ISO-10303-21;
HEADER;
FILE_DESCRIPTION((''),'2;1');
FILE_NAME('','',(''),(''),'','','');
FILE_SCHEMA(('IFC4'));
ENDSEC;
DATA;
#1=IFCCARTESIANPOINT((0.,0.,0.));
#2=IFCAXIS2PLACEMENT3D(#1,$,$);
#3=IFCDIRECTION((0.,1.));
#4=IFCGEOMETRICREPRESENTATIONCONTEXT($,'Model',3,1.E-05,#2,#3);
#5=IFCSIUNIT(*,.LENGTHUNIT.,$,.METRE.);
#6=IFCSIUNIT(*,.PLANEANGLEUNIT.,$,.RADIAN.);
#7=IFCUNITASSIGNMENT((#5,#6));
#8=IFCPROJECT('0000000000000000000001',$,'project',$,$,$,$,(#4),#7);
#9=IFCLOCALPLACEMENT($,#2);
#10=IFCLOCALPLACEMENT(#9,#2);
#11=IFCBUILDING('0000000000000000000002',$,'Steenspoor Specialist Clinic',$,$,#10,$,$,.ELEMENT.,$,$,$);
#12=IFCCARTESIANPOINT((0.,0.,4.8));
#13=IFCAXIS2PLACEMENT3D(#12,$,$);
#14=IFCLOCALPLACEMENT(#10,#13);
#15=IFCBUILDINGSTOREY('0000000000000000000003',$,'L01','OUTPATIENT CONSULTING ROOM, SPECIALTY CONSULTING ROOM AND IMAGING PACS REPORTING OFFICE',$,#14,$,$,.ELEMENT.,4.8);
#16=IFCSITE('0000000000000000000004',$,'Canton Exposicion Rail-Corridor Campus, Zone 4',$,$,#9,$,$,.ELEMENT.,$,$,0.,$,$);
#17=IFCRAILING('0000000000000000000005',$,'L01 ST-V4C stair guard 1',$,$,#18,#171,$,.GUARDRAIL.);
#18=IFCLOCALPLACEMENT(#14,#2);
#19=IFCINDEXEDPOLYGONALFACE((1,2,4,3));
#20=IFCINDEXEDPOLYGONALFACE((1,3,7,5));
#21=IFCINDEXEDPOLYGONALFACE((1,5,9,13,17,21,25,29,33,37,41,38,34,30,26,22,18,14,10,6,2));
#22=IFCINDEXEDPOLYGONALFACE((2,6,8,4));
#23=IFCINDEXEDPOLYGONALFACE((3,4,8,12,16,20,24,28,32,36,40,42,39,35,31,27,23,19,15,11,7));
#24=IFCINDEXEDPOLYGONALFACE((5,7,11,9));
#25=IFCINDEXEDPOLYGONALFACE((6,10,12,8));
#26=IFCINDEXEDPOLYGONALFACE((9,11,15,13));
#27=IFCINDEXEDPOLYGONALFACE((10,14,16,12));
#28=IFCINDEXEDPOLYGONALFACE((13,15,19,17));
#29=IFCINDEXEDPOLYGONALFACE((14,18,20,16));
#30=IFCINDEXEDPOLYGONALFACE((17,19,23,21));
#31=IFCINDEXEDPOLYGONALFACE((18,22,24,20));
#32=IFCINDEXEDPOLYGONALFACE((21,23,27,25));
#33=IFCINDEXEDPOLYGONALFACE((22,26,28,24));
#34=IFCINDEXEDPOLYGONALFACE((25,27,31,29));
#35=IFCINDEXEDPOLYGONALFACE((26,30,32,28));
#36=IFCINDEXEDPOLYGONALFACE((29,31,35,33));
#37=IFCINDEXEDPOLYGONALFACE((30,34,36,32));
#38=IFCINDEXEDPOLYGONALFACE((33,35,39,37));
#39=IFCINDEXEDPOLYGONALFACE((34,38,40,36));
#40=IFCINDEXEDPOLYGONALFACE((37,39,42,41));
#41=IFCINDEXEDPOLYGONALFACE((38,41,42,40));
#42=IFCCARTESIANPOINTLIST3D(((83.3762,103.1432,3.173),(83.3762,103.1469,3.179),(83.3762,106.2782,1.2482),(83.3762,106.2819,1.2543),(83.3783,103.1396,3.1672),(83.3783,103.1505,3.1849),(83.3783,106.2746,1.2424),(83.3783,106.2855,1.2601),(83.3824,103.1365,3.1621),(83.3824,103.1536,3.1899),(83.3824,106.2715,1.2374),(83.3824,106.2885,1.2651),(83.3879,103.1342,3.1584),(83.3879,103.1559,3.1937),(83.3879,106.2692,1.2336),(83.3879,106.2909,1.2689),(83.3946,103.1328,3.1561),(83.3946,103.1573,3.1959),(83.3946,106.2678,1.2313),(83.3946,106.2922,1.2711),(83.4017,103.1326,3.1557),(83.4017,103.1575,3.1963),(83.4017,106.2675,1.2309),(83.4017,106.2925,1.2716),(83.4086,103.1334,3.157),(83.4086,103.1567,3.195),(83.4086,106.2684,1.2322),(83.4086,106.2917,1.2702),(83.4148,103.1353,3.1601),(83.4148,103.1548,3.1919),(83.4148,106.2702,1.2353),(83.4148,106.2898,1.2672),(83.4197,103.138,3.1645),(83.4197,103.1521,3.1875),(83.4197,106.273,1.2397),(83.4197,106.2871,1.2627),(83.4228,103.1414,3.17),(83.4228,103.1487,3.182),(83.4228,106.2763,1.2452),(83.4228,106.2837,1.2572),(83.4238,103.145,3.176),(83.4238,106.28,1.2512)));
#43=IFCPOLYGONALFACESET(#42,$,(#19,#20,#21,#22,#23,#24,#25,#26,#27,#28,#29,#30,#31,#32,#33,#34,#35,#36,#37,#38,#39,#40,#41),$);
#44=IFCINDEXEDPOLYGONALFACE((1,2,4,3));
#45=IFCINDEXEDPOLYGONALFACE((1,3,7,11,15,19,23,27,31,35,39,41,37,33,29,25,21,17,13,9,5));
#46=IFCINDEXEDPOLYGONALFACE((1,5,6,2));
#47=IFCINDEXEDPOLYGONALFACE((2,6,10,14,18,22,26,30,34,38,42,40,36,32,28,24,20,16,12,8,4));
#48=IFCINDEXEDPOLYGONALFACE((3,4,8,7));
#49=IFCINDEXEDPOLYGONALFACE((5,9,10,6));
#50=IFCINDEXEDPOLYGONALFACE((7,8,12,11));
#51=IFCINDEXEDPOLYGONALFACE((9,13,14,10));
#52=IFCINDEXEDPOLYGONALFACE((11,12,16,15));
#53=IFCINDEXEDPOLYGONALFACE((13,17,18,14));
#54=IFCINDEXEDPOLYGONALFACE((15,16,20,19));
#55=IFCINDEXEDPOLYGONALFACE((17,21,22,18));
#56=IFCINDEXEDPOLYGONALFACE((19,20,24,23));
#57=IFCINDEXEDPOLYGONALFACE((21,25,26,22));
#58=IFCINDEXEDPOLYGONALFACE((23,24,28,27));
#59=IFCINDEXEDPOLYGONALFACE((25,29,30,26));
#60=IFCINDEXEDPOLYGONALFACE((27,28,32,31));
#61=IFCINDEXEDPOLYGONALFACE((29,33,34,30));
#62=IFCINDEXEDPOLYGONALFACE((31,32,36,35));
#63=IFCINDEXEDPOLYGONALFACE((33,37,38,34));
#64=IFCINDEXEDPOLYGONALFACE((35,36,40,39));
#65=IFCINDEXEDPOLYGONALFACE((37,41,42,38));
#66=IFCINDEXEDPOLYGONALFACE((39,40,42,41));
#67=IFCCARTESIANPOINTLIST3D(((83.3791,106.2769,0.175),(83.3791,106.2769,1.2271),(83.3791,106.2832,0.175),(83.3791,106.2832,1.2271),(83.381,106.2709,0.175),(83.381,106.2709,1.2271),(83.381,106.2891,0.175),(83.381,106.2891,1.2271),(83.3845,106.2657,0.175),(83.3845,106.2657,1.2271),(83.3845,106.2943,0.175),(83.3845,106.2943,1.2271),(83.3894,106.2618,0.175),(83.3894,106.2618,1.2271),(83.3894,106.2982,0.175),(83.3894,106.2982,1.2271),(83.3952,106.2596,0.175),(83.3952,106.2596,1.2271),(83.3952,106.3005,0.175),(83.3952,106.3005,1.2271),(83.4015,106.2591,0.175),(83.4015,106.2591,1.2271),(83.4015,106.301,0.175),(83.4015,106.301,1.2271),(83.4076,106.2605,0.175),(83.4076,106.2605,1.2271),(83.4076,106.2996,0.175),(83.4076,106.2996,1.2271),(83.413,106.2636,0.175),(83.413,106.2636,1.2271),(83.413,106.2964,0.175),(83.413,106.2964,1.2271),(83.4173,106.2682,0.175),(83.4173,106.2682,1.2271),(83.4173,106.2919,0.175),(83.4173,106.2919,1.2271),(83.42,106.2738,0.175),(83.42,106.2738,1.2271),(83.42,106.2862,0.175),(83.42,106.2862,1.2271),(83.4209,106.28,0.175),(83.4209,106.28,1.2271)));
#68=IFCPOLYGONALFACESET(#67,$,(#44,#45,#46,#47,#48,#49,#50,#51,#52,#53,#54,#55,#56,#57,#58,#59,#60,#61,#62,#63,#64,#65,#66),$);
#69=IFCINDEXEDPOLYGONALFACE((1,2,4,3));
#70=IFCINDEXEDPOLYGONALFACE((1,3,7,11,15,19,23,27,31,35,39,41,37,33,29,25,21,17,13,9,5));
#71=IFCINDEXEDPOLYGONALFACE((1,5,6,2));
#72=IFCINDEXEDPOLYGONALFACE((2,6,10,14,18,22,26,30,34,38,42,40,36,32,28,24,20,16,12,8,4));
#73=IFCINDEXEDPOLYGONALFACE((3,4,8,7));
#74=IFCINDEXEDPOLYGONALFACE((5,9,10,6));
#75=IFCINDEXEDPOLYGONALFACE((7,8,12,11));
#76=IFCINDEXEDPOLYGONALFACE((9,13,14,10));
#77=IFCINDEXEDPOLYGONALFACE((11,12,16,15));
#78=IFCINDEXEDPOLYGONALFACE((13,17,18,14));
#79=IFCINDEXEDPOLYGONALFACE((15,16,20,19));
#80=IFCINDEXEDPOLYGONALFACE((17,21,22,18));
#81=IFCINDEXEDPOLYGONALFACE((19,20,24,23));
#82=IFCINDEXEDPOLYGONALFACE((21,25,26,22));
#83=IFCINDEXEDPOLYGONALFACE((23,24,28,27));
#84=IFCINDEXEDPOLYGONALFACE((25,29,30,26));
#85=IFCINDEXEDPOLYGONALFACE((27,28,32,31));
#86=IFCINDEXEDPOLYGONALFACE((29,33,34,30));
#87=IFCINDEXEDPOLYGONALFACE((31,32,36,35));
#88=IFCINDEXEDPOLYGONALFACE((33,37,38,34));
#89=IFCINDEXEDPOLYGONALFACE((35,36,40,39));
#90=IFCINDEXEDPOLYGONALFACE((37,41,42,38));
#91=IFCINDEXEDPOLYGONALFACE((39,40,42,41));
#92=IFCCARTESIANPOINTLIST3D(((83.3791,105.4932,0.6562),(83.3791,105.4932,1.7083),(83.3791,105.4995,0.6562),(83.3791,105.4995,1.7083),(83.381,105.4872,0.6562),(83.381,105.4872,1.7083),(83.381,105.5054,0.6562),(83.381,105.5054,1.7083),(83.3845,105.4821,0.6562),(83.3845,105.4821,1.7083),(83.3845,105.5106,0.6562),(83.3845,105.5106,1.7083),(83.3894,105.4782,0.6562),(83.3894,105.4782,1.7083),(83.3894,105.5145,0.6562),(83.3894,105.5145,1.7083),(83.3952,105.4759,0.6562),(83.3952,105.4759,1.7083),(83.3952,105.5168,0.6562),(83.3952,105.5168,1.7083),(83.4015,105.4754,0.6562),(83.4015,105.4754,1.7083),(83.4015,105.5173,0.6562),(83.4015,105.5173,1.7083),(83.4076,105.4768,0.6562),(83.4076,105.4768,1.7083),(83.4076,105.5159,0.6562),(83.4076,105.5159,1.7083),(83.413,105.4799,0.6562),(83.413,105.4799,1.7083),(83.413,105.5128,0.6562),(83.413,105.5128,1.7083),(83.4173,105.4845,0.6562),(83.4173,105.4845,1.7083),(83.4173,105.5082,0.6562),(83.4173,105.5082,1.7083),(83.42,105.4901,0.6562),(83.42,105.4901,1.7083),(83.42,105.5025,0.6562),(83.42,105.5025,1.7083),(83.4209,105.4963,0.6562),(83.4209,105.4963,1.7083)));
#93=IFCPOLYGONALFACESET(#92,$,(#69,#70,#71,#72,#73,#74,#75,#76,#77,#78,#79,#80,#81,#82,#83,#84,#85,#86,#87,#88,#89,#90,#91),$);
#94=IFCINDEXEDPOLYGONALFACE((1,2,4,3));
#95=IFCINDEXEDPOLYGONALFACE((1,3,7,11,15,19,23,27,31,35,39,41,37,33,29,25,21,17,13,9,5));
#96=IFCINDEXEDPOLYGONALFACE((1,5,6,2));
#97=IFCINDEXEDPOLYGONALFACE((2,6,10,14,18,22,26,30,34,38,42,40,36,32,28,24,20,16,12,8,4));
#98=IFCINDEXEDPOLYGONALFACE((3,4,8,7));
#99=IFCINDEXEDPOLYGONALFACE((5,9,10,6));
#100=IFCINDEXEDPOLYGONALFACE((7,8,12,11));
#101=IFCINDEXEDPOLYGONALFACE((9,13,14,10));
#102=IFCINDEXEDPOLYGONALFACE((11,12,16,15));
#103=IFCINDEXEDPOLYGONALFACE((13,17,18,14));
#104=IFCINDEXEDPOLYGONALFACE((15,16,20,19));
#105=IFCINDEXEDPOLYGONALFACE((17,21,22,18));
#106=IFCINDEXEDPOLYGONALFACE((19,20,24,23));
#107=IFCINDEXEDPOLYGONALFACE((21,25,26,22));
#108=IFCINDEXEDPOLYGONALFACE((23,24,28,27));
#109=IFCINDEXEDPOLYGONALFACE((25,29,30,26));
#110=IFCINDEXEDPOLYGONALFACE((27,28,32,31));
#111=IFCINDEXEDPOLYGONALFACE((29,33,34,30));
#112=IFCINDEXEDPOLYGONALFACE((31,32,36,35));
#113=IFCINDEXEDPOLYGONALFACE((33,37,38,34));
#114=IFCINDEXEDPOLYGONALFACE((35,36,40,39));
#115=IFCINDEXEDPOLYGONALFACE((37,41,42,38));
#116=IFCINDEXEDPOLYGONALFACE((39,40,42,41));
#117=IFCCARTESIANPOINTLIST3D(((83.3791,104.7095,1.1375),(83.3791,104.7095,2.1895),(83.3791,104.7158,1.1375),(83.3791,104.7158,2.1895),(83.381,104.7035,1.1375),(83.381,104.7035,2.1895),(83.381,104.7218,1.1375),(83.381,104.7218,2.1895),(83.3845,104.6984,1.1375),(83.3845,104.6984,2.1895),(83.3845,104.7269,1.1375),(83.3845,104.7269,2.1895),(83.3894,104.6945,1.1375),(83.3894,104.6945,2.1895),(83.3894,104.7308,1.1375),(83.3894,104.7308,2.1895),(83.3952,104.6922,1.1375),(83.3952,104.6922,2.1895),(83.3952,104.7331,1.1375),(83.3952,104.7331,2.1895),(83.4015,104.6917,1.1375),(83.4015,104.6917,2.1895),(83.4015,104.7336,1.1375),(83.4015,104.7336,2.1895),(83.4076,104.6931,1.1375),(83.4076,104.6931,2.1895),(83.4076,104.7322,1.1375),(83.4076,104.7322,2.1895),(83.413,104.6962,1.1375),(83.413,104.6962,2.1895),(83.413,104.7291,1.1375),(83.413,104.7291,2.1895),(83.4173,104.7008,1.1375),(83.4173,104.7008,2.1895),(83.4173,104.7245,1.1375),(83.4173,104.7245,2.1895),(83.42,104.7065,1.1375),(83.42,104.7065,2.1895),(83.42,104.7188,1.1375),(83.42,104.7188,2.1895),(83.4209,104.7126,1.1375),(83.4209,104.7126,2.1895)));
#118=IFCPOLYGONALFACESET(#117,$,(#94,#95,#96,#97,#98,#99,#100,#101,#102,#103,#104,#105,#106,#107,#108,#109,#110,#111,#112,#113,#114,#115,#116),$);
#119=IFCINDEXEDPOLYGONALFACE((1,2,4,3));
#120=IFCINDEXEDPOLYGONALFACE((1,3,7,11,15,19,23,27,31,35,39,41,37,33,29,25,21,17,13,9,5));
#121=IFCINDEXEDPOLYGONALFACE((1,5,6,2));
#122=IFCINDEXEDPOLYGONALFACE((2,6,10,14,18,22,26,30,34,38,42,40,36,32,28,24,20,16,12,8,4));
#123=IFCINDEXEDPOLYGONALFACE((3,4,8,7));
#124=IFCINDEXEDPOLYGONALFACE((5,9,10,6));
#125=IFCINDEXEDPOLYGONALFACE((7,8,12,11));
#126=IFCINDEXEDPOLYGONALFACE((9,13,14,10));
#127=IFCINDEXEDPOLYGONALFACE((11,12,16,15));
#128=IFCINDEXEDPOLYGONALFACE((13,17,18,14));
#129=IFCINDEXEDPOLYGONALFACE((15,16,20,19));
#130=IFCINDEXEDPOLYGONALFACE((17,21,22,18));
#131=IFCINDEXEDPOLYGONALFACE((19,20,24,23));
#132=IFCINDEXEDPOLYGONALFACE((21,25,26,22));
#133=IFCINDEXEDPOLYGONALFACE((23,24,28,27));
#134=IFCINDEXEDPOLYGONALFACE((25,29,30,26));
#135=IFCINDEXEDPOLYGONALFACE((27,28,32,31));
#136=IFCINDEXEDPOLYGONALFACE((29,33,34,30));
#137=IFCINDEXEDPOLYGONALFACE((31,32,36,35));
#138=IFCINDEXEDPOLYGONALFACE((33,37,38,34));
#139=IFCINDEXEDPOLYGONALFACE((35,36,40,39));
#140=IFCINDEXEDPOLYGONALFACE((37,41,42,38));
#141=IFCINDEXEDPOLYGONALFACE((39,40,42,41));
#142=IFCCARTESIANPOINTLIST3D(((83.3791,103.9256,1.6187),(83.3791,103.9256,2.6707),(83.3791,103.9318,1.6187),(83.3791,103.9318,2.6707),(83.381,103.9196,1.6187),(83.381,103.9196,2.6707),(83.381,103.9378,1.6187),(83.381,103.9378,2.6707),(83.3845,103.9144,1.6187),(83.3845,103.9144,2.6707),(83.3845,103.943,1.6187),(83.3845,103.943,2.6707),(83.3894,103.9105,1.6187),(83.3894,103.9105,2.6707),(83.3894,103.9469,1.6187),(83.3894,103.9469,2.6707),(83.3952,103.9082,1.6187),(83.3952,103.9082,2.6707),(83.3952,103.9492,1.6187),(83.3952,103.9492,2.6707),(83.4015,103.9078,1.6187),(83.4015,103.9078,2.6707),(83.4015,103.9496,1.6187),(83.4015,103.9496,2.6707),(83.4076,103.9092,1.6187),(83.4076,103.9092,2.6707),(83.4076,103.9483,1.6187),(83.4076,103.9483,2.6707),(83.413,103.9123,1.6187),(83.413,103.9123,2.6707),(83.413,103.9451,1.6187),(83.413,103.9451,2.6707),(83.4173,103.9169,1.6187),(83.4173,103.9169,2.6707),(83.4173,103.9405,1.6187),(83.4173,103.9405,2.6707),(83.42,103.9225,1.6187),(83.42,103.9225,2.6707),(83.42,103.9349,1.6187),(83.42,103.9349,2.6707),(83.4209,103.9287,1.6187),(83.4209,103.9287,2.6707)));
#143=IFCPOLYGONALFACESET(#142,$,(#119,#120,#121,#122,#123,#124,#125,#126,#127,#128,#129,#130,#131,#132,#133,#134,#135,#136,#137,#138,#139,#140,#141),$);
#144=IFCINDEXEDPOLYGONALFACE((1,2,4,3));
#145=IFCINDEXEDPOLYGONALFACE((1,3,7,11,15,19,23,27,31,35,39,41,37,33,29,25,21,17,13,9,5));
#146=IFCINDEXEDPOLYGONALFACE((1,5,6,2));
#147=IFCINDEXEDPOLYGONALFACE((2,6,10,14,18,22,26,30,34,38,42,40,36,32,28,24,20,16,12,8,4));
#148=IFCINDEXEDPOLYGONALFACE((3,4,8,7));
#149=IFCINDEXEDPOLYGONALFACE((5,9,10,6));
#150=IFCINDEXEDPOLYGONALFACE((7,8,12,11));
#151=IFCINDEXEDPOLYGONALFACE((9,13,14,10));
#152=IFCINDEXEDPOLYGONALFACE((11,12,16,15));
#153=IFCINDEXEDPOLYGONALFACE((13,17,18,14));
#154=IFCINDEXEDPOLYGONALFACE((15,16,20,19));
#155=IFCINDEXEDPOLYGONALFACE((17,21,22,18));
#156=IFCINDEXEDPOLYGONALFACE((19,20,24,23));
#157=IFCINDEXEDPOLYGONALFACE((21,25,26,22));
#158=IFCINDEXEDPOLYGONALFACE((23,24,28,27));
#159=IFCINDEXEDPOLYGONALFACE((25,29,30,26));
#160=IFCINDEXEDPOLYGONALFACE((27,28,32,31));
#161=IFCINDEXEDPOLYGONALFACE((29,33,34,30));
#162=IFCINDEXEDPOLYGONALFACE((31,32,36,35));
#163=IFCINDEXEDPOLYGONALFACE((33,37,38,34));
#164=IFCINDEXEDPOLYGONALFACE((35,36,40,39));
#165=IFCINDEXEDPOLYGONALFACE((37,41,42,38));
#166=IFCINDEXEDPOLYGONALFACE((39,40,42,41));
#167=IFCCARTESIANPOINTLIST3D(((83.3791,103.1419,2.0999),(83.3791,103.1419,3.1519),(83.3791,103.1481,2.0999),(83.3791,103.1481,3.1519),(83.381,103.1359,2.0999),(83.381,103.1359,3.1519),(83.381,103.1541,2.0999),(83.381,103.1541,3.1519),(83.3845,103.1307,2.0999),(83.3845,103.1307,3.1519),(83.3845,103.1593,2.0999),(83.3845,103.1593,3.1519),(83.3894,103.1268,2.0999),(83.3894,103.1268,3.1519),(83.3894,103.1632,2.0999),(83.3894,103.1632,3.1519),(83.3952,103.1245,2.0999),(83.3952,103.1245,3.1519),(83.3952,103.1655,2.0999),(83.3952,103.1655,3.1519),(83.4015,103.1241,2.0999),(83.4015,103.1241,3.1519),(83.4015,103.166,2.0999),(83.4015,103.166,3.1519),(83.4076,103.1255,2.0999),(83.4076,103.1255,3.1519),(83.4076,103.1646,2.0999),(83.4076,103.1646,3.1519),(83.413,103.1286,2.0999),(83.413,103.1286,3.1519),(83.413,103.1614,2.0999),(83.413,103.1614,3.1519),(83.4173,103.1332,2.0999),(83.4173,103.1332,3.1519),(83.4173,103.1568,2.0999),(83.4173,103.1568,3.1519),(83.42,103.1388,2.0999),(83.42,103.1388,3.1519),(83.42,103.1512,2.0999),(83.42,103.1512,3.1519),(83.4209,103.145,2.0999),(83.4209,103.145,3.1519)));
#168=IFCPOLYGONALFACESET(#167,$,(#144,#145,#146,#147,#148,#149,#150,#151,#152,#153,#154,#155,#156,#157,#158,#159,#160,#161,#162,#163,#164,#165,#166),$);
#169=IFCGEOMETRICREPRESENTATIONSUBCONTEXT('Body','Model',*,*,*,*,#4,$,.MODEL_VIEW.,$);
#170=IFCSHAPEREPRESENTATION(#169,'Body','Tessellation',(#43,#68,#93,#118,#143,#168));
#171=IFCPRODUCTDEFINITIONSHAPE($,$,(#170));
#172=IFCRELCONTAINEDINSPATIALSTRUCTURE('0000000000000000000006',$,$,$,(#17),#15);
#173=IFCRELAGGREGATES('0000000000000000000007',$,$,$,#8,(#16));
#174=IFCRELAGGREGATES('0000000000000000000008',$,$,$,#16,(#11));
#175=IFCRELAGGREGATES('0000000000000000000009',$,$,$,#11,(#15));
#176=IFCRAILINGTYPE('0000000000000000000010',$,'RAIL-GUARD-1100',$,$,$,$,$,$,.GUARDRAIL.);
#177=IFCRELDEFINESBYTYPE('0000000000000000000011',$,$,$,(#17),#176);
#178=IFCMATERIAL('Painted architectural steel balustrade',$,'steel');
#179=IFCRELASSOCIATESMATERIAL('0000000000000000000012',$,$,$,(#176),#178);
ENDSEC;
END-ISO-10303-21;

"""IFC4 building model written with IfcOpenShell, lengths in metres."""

from ifc_helpers import new_model, si_unit, direction, frame, origin, origin_2d, place, context, subcontext, project, spatial, circle, extrude, material, type_object, element, save


model = new_model("IFC4")

# Units and contexts
model_context = context("Model", 3, precision=1e-05, world=origin(), true_north=direction((0.0, 1.0)))
body_context = subcontext(model_context, "Body", "Model", "MODEL_VIEW")
ifc_project = project(units=[si_unit("LENGTHUNIT", "METRE"), si_unit("PLANEANGLEUNIT", "RADIAN")], contexts=[model_context])

# Site, building, storey
site_placement = place(None, origin())
site = spatial("IfcSite", under=ifc_project, at=site_placement, Name="Canton Exposicion Rail-Corridor Campus, Zone 4", CompositionType="ELEMENT", RefElevation=0.0)
building_placement = place(site_placement, origin())
building = spatial("IfcBuilding", under=site, at=building_placement, Name="Steenspoor Specialist Clinic", CompositionType="ELEMENT")
storey_placement = place(building_placement, frame((0.0, 0.0, 4.8)))
storey = spatial("IfcBuildingStorey", under=building, at=storey_placement, Name="L01", Description="OUTPATIENT CONSULTING ROOM, SPECIALTY CONSULTING ROOM AND IMAGING PACS REPORTING OFFICE", CompositionType="ELEMENT", Elevation=4.8)

# Railing
ifc_material_1 = material(Name="Painted architectural steel balustrade", Category="steel")
railing_type_1 = type_object("IfcRailingType", Name="RAIL-GUARD-1100", PredefinedType="GUARDRAIL", material=ifc_material_1)
railing_1_placement = place(storey_placement, frame((83.3999, 106.28, 0.175)))
element("IfcRailing", 1, at=railing_1_placement, inside=storey, type_object=railing_type_1, Name="L01 ST-V4C stair guard 1", PredefinedType="GUARDRAIL", context=body_context, shape_type="SweptSolid", body=[
    extrude(circle(Radius=0.0239, at=origin_2d()), frame((0.0, 0.0, 1.0762), z_axis=(0.0, -0.852196, 0.523223), x_axis=(1.0, 0.0, 0.0)), (0.0, 0.0, 1.0), 3.6787),
    extrude(circle(Radius=0.021, at=origin_2d()), origin(), (0.0, 0.0, 1.0), 1.052),
    extrude(circle(Radius=0.021, at=origin_2d()), frame((0.0, -0.7837, 0.4812)), (0.0, 0.0, 1.0), 1.052),
    extrude(circle(Radius=0.021, at=origin_2d()), frame((0.0, -1.5674, 0.9624)), (0.0, 0.0, 1.0), 1.052),
    extrude(circle(Radius=0.021, at=origin_2d()), frame((0.0, -2.3513, 1.4436)), (0.0, 0.0, 1.0), 1.052),
    extrude(circle(Radius=0.021, at=origin_2d()), frame((0.0, -3.135, 1.9248)), (0.0, 0.0, 1.0), 1.052),
])

save(model, "model.ifc")
